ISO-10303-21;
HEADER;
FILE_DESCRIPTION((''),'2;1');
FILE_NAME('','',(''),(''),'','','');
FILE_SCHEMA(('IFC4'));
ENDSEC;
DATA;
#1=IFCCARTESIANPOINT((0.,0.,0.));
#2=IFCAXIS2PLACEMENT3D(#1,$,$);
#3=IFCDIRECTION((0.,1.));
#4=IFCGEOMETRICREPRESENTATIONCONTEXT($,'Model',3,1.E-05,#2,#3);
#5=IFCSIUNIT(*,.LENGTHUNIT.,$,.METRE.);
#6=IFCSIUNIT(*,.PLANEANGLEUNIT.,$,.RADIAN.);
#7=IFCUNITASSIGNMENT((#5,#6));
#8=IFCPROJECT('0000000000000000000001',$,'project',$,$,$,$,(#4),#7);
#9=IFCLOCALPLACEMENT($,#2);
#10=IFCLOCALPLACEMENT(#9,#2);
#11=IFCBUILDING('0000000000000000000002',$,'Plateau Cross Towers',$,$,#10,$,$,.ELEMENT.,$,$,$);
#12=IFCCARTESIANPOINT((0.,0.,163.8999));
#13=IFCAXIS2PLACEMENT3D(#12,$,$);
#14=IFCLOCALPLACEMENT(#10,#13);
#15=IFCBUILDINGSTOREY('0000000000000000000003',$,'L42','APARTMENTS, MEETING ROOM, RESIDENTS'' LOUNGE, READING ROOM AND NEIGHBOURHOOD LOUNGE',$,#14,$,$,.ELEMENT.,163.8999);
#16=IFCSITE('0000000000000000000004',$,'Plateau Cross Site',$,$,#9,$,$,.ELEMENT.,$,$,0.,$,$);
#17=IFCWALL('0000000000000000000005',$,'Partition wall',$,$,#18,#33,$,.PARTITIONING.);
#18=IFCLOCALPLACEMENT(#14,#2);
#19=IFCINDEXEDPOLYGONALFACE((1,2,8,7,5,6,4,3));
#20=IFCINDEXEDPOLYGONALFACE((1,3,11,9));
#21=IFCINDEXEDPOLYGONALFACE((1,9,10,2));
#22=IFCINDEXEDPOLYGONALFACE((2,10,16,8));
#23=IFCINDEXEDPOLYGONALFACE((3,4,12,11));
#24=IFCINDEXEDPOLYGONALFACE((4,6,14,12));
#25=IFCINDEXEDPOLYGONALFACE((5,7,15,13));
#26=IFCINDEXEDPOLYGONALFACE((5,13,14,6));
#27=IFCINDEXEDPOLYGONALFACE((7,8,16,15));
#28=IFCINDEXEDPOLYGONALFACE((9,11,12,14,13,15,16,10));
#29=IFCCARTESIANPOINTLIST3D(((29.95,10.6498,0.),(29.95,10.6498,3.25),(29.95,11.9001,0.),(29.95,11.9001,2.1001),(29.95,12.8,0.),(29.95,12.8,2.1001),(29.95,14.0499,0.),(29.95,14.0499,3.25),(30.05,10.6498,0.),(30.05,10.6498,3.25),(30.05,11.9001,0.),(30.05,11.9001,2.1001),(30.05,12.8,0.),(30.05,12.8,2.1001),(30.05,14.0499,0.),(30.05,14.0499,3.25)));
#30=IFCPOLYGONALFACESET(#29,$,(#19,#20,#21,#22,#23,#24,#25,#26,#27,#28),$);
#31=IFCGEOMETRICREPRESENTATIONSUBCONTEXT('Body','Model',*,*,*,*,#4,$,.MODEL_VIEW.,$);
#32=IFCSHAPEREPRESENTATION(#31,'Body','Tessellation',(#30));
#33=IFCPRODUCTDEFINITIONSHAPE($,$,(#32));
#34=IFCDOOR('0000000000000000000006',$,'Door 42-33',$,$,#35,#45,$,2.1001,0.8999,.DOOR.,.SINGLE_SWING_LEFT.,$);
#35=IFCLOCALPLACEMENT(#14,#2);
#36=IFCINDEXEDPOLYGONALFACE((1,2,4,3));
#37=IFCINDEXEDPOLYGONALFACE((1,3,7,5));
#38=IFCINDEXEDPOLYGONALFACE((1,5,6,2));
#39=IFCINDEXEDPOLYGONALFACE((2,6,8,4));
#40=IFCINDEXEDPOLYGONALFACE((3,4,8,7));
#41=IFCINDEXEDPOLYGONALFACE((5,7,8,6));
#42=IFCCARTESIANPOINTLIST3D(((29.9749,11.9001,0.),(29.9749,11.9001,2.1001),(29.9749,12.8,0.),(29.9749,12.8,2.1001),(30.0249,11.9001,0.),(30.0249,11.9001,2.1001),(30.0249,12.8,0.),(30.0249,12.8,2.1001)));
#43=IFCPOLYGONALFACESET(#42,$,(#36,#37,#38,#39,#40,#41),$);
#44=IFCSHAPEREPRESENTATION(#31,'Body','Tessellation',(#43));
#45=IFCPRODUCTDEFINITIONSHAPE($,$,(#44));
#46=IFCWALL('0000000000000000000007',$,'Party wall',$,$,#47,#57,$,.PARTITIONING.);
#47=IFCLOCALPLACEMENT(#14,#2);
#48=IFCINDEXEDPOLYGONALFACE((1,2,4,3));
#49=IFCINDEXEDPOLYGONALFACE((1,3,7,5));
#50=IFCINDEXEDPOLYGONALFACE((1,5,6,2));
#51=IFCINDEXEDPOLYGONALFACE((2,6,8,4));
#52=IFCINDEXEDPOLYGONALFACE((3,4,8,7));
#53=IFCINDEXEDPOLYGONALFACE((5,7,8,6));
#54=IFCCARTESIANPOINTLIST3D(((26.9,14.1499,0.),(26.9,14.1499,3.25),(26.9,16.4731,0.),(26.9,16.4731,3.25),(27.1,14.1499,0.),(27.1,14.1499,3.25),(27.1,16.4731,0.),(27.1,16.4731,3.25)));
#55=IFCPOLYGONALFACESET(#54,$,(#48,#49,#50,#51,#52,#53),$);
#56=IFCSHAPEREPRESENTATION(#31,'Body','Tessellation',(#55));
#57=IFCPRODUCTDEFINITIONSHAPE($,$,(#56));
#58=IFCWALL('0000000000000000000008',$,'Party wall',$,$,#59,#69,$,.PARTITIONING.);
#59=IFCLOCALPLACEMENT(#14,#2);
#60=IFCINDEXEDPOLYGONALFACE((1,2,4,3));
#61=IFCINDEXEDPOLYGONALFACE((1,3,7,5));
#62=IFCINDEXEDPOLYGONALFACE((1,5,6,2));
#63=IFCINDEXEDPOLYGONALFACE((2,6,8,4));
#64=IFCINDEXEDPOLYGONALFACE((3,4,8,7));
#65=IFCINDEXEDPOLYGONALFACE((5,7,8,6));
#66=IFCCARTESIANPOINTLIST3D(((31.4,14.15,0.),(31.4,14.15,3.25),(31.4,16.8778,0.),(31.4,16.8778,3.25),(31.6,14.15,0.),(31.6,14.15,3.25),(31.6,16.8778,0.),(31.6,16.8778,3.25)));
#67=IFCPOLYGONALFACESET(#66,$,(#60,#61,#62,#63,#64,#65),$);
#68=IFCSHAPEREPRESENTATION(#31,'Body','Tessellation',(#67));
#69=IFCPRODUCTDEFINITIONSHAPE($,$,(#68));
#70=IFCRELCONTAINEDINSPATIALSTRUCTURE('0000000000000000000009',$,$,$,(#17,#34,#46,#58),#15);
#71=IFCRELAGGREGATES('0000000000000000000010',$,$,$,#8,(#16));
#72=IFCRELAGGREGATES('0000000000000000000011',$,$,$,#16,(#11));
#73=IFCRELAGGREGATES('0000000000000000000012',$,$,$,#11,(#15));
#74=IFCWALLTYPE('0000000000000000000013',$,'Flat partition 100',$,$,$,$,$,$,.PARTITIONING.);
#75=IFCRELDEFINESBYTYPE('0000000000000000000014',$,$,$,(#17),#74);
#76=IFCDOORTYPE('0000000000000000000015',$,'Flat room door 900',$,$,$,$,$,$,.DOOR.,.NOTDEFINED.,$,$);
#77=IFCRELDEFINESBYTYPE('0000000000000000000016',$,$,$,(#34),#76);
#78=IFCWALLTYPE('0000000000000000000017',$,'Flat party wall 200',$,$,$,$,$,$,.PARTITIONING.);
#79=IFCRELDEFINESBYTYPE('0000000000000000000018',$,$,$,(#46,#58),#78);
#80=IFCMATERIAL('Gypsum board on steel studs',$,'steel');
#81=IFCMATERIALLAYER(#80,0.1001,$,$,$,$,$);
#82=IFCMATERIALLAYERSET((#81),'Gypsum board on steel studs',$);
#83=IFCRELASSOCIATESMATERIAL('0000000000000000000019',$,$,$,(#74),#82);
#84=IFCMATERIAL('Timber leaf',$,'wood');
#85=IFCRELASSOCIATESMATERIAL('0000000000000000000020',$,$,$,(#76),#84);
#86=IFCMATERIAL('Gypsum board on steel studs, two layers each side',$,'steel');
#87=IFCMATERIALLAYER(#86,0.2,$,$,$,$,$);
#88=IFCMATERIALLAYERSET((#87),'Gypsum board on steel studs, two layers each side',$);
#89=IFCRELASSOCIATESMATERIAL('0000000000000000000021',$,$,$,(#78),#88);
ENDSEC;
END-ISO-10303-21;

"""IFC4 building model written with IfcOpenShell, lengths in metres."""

from ifc_helpers import new_model, si_unit, direction, frame, frame_2d, origin, place, context, subcontext, project, spatial, rectangle, extrude, material, layer, layer_set, type_object, element, fill, save


model = new_model("IFC4")

# Units and contexts
model_context = context("Model", 3, precision=1e-05, world=origin(), true_north=direction((0.0, 1.0)))
body_context = subcontext(model_context, "Body", "Model", "MODEL_VIEW")
ifc_project = project(units=[si_unit("LENGTHUNIT", "METRE"), si_unit("PLANEANGLEUNIT", "RADIAN")], contexts=[model_context])

# Site, building, storey
site_placement = place(None, origin())
site = spatial("IfcSite", under=ifc_project, at=site_placement, Name="Plateau Cross Site", CompositionType="ELEMENT", RefElevation=0.0)
building_placement = place(site_placement, origin())
building = spatial("IfcBuilding", under=site, at=building_placement, Name="Plateau Cross Towers", CompositionType="ELEMENT")
storey_placement = place(building_placement, frame((0.0, 0.0, 163.8999)))
storey = spatial("IfcBuildingStorey", under=building, at=storey_placement, Name="L42", Description="APARTMENTS, MEETING ROOM, RESIDENTS' LOUNGE, READING ROOM AND NEIGHBOURHOOD LOUNGE", CompositionType="ELEMENT", Elevation=163.8999)

# Shared definitions
ifc_material_1 = material(Name="Gypsum board on steel studs", Category="steel")
ifc_layer_1 = layer(ifc_material_1, 0.1001)
ifc_layer_set_1 = layer_set([ifc_layer_1], Name="Gypsum board on steel studs")
wall_type_1 = type_object("IfcWallType", Name="Flat partition 100", PredefinedType="PARTITIONING", material=ifc_layer_set_1)

# Shared definitions
ifc_material_2 = material(Name="Timber leaf", Category="wood")
door_type_1 = type_object("IfcDoorType", Name="Flat room door 900", OperationType="NOTDEFINED", PredefinedType="DOOR", material=ifc_material_2)

# Wall, opening, door
wall_1_placement = place(storey_placement, frame((30.0, 14.05, 0.0), z_axis=(0.0, 0.0, 1.0), x_axis=(0.0, -1.0, 0.0)))
wall_1 = element("IfcWall", 1, at=wall_1_placement, inside=storey, type_object=wall_type_1, Name="Partition wall", PredefinedType="PARTITIONING", context=body_context, shape_type="SweptSolid", body=[
    extrude(rectangle(XDim=3.4001, YDim=0.1001, at=frame_2d((1.7002, 0.0))), origin(), (0.0, 0.0, 1.0), 3.25),
])
opening_1_placement = place(wall_1_placement, frame((1.25, 0.0, 0.0)))
opening_1 = element("IfcOpeningElement", 2, at=opening_1_placement, cuts=wall_1, PredefinedType="OPENING", context=body_context, shape_type="SweptSolid", body=[
    extrude(rectangle(XDim=0.8999, YDim=2.1001, at=frame_2d((0.45, 1.05))), frame((0.0, 0.0601, 0.0), z_axis=(0.0, -1.0, 0.0), x_axis=(1.0, 0.0, 0.0)), (0.0, 0.0, 1.0), 0.1201),
])
door_1_placement = place(opening_1_placement, origin())
door_1 = element("IfcDoor", 3, at=door_1_placement, inside=storey, type_object=door_type_1, Name="Door 42-33", OperationType="SINGLE_SWING_LEFT", OverallHeight=2.1001, OverallWidth=0.8999, PredefinedType="DOOR", context=body_context, shape_type="SweptSolid", body=[
    extrude(rectangle(XDim=0.8999, YDim=2.1001, at=frame_2d((0.45, 1.05))), frame((0.0, 0.0249, 0.0), z_axis=(0.0, -1.0, 0.0), x_axis=(1.0, 0.0, 0.0)), (0.0, 0.0, 1.0), 0.05),
])
fill(opening_1, door_1)

# Walls
ifc_material_3 = material(Name="Gypsum board on steel studs, two layers each side", Category="steel")
ifc_layer_2 = layer(ifc_material_3, 0.2)
ifc_layer_set_2 = layer_set([ifc_layer_2], Name="Gypsum board on steel studs, two layers each side")
wall_type_2 = type_object("IfcWallType", Name="Flat party wall 200", PredefinedType="PARTITIONING", material=ifc_layer_set_2)
wall_2_placement = place(storey_placement, frame((27.0, 16.4731, 0.0), z_axis=(0.0, 0.0, 1.0), x_axis=(0.0, -1.0, 0.0)))
element("IfcWall", 4, at=wall_2_placement, inside=storey, type_object=wall_type_2, Name="Party wall", PredefinedType="PARTITIONING", context=body_context, shape_type="SweptSolid", body=[
    extrude(rectangle(XDim=2.3232, YDim=0.2, at=frame_2d((1.1616, 0.0))), origin(), (0.0, 0.0, 1.0), 3.25),
])
wall_3_placement = place(storey_placement, frame((31.5, 16.8777, 0.0), z_axis=(0.0, 0.0, 1.0), x_axis=(0.0, -1.0, 0.0)))
element("IfcWall", 5, at=wall_3_placement, inside=storey, type_object=wall_type_2, Name="Party wall", PredefinedType="PARTITIONING", context=body_context, shape_type="SweptSolid", body=[
    extrude(rectangle(XDim=2.7278, YDim=0.2, at=frame_2d((1.3638, 0.0))), origin(), (0.0, 0.0, 1.0), 3.25),
])

save(model, "model.ifc")
